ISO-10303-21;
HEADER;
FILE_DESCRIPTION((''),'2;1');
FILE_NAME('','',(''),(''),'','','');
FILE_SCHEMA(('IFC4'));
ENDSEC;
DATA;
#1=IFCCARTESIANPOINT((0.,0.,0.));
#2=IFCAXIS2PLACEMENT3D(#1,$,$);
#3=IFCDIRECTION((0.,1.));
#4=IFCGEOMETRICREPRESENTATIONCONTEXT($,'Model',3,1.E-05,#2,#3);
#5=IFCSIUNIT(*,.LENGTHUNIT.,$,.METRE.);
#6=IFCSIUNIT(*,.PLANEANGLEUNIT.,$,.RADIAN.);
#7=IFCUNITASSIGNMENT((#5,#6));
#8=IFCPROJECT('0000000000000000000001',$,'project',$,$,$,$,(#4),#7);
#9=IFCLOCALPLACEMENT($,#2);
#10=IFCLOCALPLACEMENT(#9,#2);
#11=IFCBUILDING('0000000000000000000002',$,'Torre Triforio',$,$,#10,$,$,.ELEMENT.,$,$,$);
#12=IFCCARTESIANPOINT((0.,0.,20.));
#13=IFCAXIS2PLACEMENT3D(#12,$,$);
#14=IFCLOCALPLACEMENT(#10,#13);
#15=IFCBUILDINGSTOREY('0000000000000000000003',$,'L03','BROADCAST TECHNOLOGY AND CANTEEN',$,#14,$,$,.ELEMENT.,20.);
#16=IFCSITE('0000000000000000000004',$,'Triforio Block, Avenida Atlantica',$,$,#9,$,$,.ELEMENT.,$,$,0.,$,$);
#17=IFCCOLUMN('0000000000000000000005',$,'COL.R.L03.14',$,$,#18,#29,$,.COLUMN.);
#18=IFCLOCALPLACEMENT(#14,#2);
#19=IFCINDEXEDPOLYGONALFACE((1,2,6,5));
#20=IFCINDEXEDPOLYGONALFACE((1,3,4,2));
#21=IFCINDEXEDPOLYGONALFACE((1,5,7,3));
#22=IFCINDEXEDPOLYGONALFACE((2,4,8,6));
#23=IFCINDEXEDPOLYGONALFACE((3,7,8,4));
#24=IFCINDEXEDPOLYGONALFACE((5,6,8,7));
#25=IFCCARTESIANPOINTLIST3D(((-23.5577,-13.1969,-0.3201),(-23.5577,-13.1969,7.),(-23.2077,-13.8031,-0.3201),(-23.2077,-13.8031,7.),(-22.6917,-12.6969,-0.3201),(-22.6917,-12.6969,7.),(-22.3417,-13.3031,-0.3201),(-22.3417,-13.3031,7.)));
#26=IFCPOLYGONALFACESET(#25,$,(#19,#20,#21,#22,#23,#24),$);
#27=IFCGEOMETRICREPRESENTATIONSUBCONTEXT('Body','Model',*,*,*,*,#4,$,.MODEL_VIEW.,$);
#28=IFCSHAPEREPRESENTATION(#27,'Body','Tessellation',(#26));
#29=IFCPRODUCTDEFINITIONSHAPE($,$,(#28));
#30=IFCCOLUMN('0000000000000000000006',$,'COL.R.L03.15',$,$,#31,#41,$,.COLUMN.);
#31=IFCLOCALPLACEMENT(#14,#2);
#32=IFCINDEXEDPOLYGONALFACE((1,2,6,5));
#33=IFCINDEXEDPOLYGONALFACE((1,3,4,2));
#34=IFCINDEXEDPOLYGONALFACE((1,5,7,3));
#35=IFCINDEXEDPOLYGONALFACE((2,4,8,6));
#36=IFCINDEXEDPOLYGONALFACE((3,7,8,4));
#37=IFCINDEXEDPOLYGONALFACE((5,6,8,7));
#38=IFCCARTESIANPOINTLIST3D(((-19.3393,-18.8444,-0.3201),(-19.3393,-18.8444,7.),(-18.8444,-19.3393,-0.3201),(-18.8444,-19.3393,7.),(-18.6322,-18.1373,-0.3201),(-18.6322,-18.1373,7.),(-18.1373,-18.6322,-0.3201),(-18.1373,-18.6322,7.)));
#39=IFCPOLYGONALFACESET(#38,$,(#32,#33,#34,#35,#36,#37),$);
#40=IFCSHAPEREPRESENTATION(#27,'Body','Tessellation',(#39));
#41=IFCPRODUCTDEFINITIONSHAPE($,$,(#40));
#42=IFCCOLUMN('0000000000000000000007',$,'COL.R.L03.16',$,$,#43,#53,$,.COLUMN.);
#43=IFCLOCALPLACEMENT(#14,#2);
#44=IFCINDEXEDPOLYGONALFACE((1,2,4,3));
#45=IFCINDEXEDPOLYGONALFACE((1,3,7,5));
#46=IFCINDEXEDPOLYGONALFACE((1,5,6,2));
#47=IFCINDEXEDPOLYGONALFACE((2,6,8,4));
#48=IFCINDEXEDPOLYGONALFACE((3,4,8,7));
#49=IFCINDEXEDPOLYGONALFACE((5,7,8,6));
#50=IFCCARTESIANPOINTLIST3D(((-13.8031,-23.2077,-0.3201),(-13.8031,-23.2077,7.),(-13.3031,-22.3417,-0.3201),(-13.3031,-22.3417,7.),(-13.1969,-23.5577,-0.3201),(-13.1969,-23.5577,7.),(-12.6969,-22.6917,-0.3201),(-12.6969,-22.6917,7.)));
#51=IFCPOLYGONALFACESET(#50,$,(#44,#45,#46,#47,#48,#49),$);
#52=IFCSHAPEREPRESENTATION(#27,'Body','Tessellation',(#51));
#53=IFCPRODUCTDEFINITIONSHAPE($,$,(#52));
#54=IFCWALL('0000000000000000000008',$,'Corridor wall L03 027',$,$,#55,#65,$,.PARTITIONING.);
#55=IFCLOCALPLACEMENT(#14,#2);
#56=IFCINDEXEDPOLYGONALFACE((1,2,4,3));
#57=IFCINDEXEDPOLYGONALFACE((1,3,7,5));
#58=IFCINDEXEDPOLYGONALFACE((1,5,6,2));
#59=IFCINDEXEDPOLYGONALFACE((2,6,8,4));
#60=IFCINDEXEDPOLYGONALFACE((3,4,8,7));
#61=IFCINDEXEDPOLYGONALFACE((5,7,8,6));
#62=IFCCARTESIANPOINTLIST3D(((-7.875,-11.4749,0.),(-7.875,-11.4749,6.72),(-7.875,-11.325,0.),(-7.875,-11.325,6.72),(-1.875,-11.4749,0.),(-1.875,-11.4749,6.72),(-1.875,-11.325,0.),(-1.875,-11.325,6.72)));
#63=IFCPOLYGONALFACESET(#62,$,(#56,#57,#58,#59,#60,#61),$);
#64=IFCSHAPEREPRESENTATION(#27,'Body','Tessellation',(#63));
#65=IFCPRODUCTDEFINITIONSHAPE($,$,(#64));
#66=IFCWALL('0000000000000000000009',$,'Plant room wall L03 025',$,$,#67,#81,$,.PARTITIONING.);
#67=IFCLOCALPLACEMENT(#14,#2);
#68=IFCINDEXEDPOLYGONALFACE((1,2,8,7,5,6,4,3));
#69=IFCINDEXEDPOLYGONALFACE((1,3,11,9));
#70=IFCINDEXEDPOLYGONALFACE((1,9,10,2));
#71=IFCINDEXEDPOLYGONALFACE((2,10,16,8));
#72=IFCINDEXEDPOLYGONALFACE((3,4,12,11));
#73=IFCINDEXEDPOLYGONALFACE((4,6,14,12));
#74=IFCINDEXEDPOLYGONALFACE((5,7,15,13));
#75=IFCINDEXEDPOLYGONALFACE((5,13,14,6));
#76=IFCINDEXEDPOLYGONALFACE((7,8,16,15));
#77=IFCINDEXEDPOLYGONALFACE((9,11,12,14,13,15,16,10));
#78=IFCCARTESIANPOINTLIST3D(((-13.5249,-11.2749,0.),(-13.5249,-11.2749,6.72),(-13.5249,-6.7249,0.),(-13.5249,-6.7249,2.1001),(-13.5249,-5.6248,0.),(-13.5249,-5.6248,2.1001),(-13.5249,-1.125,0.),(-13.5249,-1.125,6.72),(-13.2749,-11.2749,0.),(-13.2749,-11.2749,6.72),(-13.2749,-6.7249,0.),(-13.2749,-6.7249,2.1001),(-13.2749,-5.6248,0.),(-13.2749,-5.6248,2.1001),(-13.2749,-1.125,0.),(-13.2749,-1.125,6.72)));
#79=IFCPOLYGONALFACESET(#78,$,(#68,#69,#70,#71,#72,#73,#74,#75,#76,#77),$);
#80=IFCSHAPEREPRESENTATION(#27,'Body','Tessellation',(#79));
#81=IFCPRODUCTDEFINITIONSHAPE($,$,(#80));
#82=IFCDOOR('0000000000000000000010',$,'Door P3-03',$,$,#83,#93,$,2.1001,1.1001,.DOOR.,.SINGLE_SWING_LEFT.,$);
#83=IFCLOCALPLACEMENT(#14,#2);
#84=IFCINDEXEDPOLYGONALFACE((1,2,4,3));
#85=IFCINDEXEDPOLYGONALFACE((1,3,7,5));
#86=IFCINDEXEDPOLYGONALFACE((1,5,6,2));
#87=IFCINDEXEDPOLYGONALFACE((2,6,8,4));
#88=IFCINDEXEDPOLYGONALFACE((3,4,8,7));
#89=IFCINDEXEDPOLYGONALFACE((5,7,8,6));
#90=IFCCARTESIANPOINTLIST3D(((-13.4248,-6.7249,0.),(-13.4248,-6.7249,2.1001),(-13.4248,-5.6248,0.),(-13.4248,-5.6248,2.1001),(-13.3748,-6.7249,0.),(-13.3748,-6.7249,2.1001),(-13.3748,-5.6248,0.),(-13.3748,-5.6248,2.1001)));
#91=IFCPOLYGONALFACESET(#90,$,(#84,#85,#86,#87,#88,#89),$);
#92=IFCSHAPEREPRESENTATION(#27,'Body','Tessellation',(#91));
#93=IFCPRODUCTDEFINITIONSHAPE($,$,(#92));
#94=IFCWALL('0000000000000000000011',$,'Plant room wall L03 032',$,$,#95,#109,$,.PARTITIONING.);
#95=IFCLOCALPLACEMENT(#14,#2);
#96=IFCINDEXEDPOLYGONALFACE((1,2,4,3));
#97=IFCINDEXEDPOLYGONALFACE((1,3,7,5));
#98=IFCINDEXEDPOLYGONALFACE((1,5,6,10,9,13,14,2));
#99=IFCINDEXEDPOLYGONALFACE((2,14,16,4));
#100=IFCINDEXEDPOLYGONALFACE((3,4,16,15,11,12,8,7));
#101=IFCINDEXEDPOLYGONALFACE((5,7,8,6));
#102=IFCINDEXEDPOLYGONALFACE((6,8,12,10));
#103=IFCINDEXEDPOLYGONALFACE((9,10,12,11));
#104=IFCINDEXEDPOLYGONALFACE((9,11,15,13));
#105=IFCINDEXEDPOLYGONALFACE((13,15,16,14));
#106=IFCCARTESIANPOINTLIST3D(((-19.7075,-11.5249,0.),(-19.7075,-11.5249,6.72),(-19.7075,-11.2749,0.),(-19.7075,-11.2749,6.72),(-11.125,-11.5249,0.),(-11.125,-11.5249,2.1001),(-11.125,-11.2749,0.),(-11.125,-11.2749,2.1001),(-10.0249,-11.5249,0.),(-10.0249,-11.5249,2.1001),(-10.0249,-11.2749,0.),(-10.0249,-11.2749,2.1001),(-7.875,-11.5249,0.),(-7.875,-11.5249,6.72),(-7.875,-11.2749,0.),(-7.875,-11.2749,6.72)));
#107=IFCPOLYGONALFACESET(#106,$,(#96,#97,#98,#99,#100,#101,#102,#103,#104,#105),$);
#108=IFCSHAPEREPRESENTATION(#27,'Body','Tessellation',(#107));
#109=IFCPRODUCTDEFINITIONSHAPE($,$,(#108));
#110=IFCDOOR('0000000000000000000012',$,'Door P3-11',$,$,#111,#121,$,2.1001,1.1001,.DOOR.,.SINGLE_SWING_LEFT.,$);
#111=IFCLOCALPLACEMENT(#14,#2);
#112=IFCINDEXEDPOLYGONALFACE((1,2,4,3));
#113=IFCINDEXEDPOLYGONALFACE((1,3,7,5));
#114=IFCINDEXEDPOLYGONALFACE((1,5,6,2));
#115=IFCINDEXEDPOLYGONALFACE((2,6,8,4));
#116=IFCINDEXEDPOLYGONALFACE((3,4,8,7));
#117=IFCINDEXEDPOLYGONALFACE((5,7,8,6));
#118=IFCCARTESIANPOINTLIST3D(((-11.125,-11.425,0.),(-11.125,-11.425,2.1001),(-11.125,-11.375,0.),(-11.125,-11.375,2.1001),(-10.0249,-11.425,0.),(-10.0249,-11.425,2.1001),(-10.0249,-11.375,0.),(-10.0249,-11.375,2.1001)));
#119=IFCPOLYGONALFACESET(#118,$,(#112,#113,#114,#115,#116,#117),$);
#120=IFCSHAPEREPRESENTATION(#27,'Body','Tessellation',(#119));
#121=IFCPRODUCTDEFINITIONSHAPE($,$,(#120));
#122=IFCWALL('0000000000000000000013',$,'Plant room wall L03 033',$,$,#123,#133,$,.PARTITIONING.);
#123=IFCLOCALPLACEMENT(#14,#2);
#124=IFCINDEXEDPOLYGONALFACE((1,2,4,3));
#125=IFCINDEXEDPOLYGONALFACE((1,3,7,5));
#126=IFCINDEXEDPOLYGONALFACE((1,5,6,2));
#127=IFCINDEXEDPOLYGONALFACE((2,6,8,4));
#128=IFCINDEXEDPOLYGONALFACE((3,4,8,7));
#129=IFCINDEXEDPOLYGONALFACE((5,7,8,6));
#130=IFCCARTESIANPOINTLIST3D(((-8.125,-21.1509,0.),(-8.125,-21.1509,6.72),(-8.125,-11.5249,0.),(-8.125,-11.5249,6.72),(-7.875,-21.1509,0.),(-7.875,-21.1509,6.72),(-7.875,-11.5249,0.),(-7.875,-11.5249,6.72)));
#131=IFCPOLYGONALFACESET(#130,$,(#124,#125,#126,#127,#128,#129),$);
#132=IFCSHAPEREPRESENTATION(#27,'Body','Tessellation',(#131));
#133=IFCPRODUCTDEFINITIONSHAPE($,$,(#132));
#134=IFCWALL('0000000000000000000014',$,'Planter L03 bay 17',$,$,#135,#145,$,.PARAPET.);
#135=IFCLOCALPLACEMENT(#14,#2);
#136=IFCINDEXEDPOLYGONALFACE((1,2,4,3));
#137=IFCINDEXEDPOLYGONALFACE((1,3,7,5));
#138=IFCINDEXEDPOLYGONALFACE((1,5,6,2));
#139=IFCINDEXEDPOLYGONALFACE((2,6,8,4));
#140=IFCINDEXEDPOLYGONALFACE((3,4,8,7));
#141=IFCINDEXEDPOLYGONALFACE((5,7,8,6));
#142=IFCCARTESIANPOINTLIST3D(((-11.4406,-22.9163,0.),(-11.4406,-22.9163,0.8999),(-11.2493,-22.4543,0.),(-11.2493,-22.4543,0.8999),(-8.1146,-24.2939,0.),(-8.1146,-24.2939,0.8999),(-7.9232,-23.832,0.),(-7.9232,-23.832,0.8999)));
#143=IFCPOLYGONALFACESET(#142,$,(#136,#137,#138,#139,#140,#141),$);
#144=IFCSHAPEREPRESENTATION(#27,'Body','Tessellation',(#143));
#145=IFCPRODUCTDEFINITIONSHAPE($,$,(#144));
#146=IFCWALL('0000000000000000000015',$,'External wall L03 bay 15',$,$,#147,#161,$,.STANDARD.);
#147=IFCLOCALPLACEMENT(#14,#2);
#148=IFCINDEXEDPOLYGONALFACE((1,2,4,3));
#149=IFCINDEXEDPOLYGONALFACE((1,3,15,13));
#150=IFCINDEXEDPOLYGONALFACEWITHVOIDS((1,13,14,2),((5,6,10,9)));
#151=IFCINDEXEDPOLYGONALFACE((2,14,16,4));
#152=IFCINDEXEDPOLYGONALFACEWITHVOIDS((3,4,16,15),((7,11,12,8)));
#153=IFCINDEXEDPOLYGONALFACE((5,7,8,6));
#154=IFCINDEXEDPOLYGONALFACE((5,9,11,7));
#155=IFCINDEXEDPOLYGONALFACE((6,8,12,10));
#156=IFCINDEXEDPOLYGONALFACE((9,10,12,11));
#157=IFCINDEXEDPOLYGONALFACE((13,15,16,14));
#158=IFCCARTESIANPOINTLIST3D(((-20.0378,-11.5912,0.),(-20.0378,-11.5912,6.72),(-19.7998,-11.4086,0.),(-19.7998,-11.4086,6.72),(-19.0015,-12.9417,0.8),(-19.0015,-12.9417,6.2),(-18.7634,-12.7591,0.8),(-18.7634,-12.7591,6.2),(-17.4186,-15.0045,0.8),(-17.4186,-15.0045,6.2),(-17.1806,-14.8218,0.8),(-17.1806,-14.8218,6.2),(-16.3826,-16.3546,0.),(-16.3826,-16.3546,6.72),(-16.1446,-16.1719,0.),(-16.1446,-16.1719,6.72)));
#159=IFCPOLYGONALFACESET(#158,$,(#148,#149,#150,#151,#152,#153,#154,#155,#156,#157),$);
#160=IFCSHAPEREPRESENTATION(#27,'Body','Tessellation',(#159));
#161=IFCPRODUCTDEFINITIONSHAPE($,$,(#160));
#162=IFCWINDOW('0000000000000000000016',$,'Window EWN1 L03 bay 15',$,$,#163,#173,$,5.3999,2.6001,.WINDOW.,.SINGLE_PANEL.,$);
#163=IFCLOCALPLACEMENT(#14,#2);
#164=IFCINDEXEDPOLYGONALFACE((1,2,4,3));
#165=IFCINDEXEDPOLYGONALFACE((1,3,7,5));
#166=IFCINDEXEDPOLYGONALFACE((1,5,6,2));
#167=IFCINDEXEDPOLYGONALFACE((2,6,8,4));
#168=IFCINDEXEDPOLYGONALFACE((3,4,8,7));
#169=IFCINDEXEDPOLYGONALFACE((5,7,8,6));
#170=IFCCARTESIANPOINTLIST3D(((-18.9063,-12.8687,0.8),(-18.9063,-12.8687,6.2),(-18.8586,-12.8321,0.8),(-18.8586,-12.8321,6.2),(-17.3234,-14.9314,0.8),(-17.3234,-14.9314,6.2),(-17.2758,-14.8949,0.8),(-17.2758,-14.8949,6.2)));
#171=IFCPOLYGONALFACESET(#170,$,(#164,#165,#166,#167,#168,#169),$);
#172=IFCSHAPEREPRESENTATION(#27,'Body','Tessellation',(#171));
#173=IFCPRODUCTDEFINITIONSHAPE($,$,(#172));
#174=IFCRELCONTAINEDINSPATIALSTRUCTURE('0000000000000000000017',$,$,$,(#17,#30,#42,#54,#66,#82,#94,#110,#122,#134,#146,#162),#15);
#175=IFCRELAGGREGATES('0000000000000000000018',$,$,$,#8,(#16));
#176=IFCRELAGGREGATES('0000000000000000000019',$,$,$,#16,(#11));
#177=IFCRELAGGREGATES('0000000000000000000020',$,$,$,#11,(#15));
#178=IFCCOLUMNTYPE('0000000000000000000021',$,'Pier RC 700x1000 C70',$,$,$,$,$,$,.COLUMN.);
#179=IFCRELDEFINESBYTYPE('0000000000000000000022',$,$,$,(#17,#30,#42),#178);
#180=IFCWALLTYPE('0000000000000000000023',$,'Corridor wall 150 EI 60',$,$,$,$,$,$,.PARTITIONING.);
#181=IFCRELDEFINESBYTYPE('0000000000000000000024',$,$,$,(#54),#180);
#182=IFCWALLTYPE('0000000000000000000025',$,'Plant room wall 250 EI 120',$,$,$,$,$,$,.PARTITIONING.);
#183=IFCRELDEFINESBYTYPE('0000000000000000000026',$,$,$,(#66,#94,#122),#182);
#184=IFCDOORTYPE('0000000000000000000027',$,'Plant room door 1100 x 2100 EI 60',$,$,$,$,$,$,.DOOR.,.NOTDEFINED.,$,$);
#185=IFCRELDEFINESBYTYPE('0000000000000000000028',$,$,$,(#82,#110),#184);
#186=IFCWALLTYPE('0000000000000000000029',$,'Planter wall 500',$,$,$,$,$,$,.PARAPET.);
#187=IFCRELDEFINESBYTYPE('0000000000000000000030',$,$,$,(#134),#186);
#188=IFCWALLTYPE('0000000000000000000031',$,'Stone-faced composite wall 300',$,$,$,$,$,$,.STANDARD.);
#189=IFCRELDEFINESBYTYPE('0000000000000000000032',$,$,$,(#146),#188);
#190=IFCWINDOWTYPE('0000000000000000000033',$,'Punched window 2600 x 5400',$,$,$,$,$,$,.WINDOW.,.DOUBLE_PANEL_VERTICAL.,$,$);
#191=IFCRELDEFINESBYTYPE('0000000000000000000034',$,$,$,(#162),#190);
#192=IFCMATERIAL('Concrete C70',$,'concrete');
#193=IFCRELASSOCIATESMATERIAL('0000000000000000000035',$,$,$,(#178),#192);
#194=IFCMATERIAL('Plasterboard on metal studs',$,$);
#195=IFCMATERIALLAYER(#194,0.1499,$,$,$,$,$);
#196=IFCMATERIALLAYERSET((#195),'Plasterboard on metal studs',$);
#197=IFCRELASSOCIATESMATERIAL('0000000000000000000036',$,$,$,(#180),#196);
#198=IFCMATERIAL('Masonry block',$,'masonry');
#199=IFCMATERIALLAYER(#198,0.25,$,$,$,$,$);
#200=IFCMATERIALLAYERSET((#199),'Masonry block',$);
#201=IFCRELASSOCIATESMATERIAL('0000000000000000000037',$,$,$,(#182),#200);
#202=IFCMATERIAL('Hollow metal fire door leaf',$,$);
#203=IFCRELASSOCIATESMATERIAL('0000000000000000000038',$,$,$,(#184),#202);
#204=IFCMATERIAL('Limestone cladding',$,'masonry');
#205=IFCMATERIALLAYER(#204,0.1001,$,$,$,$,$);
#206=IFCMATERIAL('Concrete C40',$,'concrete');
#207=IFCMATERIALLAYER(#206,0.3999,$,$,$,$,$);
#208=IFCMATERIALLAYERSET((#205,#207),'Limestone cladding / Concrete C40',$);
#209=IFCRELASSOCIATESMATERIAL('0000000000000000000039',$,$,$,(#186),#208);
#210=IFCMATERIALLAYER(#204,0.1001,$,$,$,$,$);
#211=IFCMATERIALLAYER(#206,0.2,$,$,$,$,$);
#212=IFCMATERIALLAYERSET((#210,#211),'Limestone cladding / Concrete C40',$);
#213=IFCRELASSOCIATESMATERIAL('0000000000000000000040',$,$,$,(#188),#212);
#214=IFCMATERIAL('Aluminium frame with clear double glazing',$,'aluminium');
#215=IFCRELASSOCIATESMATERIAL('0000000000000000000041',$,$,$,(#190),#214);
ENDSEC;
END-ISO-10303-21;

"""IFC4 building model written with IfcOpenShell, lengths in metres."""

from ifc_helpers import new_model, si_unit, direction, frame, frame_2d, origin, origin_2d, place, context, subcontext, project, spatial, rectangle, extrude, material, layer, layer_set, material_profile, profile_set, type_object, element, fill, save


model = new_model("IFC4")

# Units and contexts
model_context = context("Model", 3, precision=1e-05, world=origin(), true_north=direction((0.0, 1.0)))
body_context = subcontext(model_context, "Body", "Model", "MODEL_VIEW")
ifc_project = project(units=[si_unit("LENGTHUNIT", "METRE"), si_unit("PLANEANGLEUNIT", "RADIAN")], contexts=[model_context])

# Site, building, storey
site_placement = place(None, origin())
site = spatial("IfcSite", under=ifc_project, at=site_placement, Name="Triforio Block, Avenida Atlantica", CompositionType="ELEMENT", RefElevation=0.0)
building_placement = place(site_placement, origin())
building = spatial("IfcBuilding", under=site, at=building_placement, Name="Torre Triforio", CompositionType="ELEMENT")
storey_placement = place(building_placement, frame((0.0, 0.0, 20.0)))
storey = spatial("IfcBuildingStorey", under=building, at=storey_placement, Name="L03", Description="BROADCAST TECHNOLOGY AND CANTEEN", CompositionType="ELEMENT", Elevation=20.0)

# Columns
ifc_material_1 = material(Name="Concrete C70", Category="concrete")
ifc_material_profile_1 = material_profile(ifc_material_1, rectangle(XDim=0.7, YDim=1.0, at=origin_2d()), Name="RC 700x1000")
ifc_profile_set_1 = profile_set([ifc_material_profile_1], Name="Concrete C70")
column_type = type_object("IfcColumnType", Name="Pier RC 700x1000 C70", PredefinedType="COLUMN", material=ifc_profile_set_1)
for number, where, z_axis, x_axis, name in (
    (1, (-22.9497, -13.25, -0.3201), (0.0, 0.0, 1.0), (0.5, -0.866025, 0.0), "COL.R.L03.14"),
    (2, (-18.7383, -18.7383, -0.3201), (0.0, 0.0, 1.0), (0.707107, -0.707107, 0.0), "COL.R.L03.15"),
    (3, (-13.25, -22.9497, -0.3201), (0.0, 0.0, 1.0), (0.866025, -0.5, 0.0), "COL.R.L03.16"),
):
    element("IfcColumn", number, at=place(storey_placement, frame(where, z_axis=z_axis, x_axis=x_axis)), inside=storey, type_object=column_type, Name=name, PredefinedType="COLUMN", context=body_context, shape_type="SweptSolid", body=[
        extrude(rectangle(XDim=0.7, YDim=1.0, at=origin_2d()), origin(), (0.0, 0.0, 1.0), 7.3201),
    ])

# Wall
ifc_material_2 = material(Name="Plasterboard on metal studs")
ifc_layer_1 = layer(ifc_material_2, 0.1499)
ifc_layer_set_1 = layer_set([ifc_layer_1], Name="Plasterboard on metal studs")
wall_type_1 = type_object("IfcWallType", Name="Corridor wall 150 EI 60", PredefinedType="PARTITIONING", material=ifc_layer_set_1)
wall_1_placement = place(storey_placement, frame((-7.875, -11.3999, 0.0), z_axis=(0.0, 0.0, 1.0), x_axis=(1.0, 0.0, 0.0)))
element("IfcWall", 4, at=wall_1_placement, inside=storey, type_object=wall_type_1, Name="Corridor wall L03 027", PredefinedType="PARTITIONING", context=body_context, shape_type="SweptSolid", body=[
    extrude(rectangle(XDim=6.0, YDim=0.1499, at=frame_2d((3.0, 0.0))), origin(), (0.0, 0.0, 1.0), 6.72),
])

# Walls, openings, doors
ifc_material_3 = material(Name="Masonry block", Category="masonry")
ifc_layer_2 = layer(ifc_material_3, 0.25)
ifc_layer_set_2 = layer_set([ifc_layer_2], Name="Masonry block")
wall_type_2 = type_object("IfcWallType", Name="Plant room wall 250 EI 120", PredefinedType="PARTITIONING", material=ifc_layer_set_2)
wall_2_placement = place(storey_placement, frame((-13.3999, -11.2749, 0.0), z_axis=(0.0, 0.0, 1.0), x_axis=(0.0, 1.0, 0.0)))
wall_2 = element("IfcWall", 5, at=wall_2_placement, inside=storey, type_object=wall_type_2, Name="Plant room wall L03 025", PredefinedType="PARTITIONING", context=body_context, shape_type="SweptSolid", body=[
    extrude(rectangle(XDim=10.1499, YDim=0.25, at=frame_2d((5.075, 0.0))), origin(), (0.0, 0.0, 1.0), 6.72),
])
opening_1_placement = place(wall_2_placement, frame((4.55, 0.0, 0.0)))
opening_1 = element("IfcOpeningElement", 6, at=opening_1_placement, cuts=wall_2, PredefinedType="OPENING", context=body_context, shape_type="SweptSolid", body=[
    extrude(rectangle(XDim=1.1001, YDim=2.1001, at=frame_2d((0.55, 1.05))), frame((0.0, 0.135, 0.0), z_axis=(0.0, -1.0, 0.0), x_axis=(1.0, 0.0, 0.0)), (0.0, 0.0, 1.0), 0.27),
])
ifc_material_4 = material(Name="Hollow metal fire door leaf")
door_type = type_object("IfcDoorType", Name="Plant room door 1100 x 2100 EI 60", OperationType="NOTDEFINED", PredefinedType="DOOR", material=ifc_material_4)
door_1_placement = place(opening_1_placement, origin())
door_1 = element("IfcDoor", 7, at=door_1_placement, inside=storey, type_object=door_type, Name="Door P3-03", OperationType="SINGLE_SWING_LEFT", OverallHeight=2.1001, OverallWidth=1.1001, PredefinedType="DOOR", context=body_context, shape_type="SweptSolid", body=[
    extrude(rectangle(XDim=1.1001, YDim=2.1001, at=frame_2d((0.55, 1.05))), frame((0.0, 0.0249, 0.0), z_axis=(0.0, -1.0, 0.0), x_axis=(1.0, 0.0, 0.0)), (0.0, 0.0, 1.0), 0.05),
])
fill(opening_1, door_1)
wall_3_placement = place(storey_placement, frame((-19.7075, -11.3999, 0.0), z_axis=(0.0, 0.0, 1.0), x_axis=(1.0, 0.0, 0.0)))
wall_3 = element("IfcWall", 8, at=wall_3_placement, inside=storey, type_object=wall_type_2, Name="Plant room wall L03 032", PredefinedType="PARTITIONING", context=body_context, shape_type="SweptSolid", body=[
    extrude(rectangle(XDim=11.8325, YDim=0.25, at=frame_2d((5.9163, 0.0))), origin(), (0.0, 0.0, 1.0), 6.72),
])
opening_2_placement = place(wall_3_placement, frame((8.5825, 0.0, 0.0)))
opening_2 = element("IfcOpeningElement", 9, at=opening_2_placement, cuts=wall_3, PredefinedType="OPENING", context=body_context, shape_type="SweptSolid", body=[
    extrude(rectangle(XDim=1.1001, YDim=2.1001, at=frame_2d((0.55, 1.05))), frame((0.0, 0.135, 0.0), z_axis=(0.0, -1.0, 0.0), x_axis=(1.0, 0.0, 0.0)), (0.0, 0.0, 1.0), 0.27),
])
door_2_placement = place(opening_2_placement, origin())
door_2 = element("IfcDoor", 10, at=door_2_placement, inside=storey, type_object=door_type, Name="Door P3-11", OperationType="SINGLE_SWING_LEFT", OverallHeight=2.1001, OverallWidth=1.1001, PredefinedType="DOOR", context=body_context, shape_type="SweptSolid", body=[
    extrude(rectangle(XDim=1.1001, YDim=2.1001, at=frame_2d((0.55, 1.05))), frame((0.0, 0.0249, 0.0), z_axis=(0.0, -1.0, 0.0), x_axis=(1.0, 0.0, 0.0)), (0.0, 0.0, 1.0), 0.05),
])
fill(opening_2, door_2)

# Walls
wall_4_placement = place(storey_placement, frame((-8.0, -21.1509, 0.0), z_axis=(0.0, 0.0, 1.0), x_axis=(0.0, 1.0, 0.0)))
element("IfcWall", 11, at=wall_4_placement, inside=storey, type_object=wall_type_2, Name="Plant room wall L03 033", PredefinedType="PARTITIONING", context=body_context, shape_type="SweptSolid", body=[
    extrude(rectangle(XDim=9.626, YDim=0.25, at=frame_2d((4.813, 0.0))), origin(), (0.0, 0.0, 1.0), 6.72),
])
ifc_material_5 = material(Name="Limestone cladding", Category="masonry")
ifc_layer_3 = layer(ifc_material_5, 0.1001)
ifc_material_6 = material(Name="Concrete C40", Category="concrete")
ifc_layer_4 = layer(ifc_material_6, 0.3999)
ifc_layer_set_3 = layer_set([ifc_layer_3, ifc_layer_4], Name="Limestone cladding / Concrete C40")
wall_type_3 = type_object("IfcWallType", Name="Planter wall 500", PredefinedType="PARAPET", material=ifc_layer_set_3)
wall_5_placement = place(storey_placement, frame((-11.345, -22.6853, 0.0), z_axis=(0.0, 0.0, 1.0), x_axis=(0.923885, -0.382669, 0.0)))
element("IfcWall", 12, at=wall_5_placement, inside=storey, type_object=wall_type_3, Name="Planter L03 bay 17", PredefinedType="PARAPET", context=body_context, shape_type="SweptSolid", body=[
    extrude(rectangle(XDim=3.6001, YDim=0.5, at=frame_2d((1.8, 0.0))), origin(), (0.0, 0.0, 1.0), 0.8999),
])

# Wall, opening, window
ifc_layer_5 = layer(ifc_material_5, 0.1001)
ifc_layer_6 = layer(ifc_material_6, 0.2)
ifc_layer_set_4 = layer_set([ifc_layer_5, ifc_layer_6], Name="Limestone cladding / Concrete C40")
wall_type_4 = type_object("IfcWallType", Name="Stone-faced composite wall 300", PredefinedType="STANDARD", material=ifc_layer_set_4)
wall_6_placement = place(storey_placement, frame((-19.9187, -11.5, 0.0), z_axis=(0.0, 0.0, 1.0), x_axis=(0.608779, -0.79334, 0.0)))
wall_6 = element("IfcWall", 13, at=wall_6_placement, inside=storey, type_object=wall_type_4, Name="External wall L03 bay 15", PredefinedType="STANDARD", context=body_context, shape_type="SweptSolid", body=[
    extrude(rectangle(XDim=6.0042, YDim=0.3, at=frame_2d((3.002, 0.0))), origin(), (0.0, 0.0, 1.0), 6.72),
])
opening_3_placement = place(wall_6_placement, frame((1.7021, 0.0, 0.8)))
opening_3 = element("IfcOpeningElement", 14, at=opening_3_placement, cuts=wall_6, PredefinedType="OPENING", context=body_context, shape_type="SweptSolid", body=[
    extrude(rectangle(XDim=2.6001, YDim=5.3999, at=frame_2d((1.3, 2.7))), frame((0.0, 0.1599, 0.0), z_axis=(0.0, -1.0, 0.0), x_axis=(1.0, 0.0, 0.0)), (0.0, 0.0, 1.0), 0.3201),
])
ifc_material_7 = material(Name="Aluminium frame with clear double glazing", Category="aluminium")
window_type = type_object("IfcWindowType", Name="Punched window 2600 x 5400", PartitioningType="DOUBLE_PANEL_VERTICAL", PredefinedType="WINDOW", material=ifc_material_7)
window_1_placement = place(opening_3_placement, origin())
window_1 = element("IfcWindow", 15, at=window_1_placement, inside=storey, type_object=window_type, Name="Window EWN1 L03 bay 15", OverallHeight=5.3999, OverallWidth=2.6001, PartitioningType="SINGLE_PANEL", PredefinedType="WINDOW", context=body_context, shape_type="SweptSolid", body=[
    extrude(rectangle(XDim=2.6001, YDim=5.3999, at=frame_2d((1.3, 2.7))), frame((0.0, 0.03, 0.0), z_axis=(0.0, -1.0, 0.0), x_axis=(1.0, 0.0, 0.0)), (0.0, 0.0, 1.0), 0.0601),
])
fill(opening_3, window_1)

save(model, "model.ifc")
